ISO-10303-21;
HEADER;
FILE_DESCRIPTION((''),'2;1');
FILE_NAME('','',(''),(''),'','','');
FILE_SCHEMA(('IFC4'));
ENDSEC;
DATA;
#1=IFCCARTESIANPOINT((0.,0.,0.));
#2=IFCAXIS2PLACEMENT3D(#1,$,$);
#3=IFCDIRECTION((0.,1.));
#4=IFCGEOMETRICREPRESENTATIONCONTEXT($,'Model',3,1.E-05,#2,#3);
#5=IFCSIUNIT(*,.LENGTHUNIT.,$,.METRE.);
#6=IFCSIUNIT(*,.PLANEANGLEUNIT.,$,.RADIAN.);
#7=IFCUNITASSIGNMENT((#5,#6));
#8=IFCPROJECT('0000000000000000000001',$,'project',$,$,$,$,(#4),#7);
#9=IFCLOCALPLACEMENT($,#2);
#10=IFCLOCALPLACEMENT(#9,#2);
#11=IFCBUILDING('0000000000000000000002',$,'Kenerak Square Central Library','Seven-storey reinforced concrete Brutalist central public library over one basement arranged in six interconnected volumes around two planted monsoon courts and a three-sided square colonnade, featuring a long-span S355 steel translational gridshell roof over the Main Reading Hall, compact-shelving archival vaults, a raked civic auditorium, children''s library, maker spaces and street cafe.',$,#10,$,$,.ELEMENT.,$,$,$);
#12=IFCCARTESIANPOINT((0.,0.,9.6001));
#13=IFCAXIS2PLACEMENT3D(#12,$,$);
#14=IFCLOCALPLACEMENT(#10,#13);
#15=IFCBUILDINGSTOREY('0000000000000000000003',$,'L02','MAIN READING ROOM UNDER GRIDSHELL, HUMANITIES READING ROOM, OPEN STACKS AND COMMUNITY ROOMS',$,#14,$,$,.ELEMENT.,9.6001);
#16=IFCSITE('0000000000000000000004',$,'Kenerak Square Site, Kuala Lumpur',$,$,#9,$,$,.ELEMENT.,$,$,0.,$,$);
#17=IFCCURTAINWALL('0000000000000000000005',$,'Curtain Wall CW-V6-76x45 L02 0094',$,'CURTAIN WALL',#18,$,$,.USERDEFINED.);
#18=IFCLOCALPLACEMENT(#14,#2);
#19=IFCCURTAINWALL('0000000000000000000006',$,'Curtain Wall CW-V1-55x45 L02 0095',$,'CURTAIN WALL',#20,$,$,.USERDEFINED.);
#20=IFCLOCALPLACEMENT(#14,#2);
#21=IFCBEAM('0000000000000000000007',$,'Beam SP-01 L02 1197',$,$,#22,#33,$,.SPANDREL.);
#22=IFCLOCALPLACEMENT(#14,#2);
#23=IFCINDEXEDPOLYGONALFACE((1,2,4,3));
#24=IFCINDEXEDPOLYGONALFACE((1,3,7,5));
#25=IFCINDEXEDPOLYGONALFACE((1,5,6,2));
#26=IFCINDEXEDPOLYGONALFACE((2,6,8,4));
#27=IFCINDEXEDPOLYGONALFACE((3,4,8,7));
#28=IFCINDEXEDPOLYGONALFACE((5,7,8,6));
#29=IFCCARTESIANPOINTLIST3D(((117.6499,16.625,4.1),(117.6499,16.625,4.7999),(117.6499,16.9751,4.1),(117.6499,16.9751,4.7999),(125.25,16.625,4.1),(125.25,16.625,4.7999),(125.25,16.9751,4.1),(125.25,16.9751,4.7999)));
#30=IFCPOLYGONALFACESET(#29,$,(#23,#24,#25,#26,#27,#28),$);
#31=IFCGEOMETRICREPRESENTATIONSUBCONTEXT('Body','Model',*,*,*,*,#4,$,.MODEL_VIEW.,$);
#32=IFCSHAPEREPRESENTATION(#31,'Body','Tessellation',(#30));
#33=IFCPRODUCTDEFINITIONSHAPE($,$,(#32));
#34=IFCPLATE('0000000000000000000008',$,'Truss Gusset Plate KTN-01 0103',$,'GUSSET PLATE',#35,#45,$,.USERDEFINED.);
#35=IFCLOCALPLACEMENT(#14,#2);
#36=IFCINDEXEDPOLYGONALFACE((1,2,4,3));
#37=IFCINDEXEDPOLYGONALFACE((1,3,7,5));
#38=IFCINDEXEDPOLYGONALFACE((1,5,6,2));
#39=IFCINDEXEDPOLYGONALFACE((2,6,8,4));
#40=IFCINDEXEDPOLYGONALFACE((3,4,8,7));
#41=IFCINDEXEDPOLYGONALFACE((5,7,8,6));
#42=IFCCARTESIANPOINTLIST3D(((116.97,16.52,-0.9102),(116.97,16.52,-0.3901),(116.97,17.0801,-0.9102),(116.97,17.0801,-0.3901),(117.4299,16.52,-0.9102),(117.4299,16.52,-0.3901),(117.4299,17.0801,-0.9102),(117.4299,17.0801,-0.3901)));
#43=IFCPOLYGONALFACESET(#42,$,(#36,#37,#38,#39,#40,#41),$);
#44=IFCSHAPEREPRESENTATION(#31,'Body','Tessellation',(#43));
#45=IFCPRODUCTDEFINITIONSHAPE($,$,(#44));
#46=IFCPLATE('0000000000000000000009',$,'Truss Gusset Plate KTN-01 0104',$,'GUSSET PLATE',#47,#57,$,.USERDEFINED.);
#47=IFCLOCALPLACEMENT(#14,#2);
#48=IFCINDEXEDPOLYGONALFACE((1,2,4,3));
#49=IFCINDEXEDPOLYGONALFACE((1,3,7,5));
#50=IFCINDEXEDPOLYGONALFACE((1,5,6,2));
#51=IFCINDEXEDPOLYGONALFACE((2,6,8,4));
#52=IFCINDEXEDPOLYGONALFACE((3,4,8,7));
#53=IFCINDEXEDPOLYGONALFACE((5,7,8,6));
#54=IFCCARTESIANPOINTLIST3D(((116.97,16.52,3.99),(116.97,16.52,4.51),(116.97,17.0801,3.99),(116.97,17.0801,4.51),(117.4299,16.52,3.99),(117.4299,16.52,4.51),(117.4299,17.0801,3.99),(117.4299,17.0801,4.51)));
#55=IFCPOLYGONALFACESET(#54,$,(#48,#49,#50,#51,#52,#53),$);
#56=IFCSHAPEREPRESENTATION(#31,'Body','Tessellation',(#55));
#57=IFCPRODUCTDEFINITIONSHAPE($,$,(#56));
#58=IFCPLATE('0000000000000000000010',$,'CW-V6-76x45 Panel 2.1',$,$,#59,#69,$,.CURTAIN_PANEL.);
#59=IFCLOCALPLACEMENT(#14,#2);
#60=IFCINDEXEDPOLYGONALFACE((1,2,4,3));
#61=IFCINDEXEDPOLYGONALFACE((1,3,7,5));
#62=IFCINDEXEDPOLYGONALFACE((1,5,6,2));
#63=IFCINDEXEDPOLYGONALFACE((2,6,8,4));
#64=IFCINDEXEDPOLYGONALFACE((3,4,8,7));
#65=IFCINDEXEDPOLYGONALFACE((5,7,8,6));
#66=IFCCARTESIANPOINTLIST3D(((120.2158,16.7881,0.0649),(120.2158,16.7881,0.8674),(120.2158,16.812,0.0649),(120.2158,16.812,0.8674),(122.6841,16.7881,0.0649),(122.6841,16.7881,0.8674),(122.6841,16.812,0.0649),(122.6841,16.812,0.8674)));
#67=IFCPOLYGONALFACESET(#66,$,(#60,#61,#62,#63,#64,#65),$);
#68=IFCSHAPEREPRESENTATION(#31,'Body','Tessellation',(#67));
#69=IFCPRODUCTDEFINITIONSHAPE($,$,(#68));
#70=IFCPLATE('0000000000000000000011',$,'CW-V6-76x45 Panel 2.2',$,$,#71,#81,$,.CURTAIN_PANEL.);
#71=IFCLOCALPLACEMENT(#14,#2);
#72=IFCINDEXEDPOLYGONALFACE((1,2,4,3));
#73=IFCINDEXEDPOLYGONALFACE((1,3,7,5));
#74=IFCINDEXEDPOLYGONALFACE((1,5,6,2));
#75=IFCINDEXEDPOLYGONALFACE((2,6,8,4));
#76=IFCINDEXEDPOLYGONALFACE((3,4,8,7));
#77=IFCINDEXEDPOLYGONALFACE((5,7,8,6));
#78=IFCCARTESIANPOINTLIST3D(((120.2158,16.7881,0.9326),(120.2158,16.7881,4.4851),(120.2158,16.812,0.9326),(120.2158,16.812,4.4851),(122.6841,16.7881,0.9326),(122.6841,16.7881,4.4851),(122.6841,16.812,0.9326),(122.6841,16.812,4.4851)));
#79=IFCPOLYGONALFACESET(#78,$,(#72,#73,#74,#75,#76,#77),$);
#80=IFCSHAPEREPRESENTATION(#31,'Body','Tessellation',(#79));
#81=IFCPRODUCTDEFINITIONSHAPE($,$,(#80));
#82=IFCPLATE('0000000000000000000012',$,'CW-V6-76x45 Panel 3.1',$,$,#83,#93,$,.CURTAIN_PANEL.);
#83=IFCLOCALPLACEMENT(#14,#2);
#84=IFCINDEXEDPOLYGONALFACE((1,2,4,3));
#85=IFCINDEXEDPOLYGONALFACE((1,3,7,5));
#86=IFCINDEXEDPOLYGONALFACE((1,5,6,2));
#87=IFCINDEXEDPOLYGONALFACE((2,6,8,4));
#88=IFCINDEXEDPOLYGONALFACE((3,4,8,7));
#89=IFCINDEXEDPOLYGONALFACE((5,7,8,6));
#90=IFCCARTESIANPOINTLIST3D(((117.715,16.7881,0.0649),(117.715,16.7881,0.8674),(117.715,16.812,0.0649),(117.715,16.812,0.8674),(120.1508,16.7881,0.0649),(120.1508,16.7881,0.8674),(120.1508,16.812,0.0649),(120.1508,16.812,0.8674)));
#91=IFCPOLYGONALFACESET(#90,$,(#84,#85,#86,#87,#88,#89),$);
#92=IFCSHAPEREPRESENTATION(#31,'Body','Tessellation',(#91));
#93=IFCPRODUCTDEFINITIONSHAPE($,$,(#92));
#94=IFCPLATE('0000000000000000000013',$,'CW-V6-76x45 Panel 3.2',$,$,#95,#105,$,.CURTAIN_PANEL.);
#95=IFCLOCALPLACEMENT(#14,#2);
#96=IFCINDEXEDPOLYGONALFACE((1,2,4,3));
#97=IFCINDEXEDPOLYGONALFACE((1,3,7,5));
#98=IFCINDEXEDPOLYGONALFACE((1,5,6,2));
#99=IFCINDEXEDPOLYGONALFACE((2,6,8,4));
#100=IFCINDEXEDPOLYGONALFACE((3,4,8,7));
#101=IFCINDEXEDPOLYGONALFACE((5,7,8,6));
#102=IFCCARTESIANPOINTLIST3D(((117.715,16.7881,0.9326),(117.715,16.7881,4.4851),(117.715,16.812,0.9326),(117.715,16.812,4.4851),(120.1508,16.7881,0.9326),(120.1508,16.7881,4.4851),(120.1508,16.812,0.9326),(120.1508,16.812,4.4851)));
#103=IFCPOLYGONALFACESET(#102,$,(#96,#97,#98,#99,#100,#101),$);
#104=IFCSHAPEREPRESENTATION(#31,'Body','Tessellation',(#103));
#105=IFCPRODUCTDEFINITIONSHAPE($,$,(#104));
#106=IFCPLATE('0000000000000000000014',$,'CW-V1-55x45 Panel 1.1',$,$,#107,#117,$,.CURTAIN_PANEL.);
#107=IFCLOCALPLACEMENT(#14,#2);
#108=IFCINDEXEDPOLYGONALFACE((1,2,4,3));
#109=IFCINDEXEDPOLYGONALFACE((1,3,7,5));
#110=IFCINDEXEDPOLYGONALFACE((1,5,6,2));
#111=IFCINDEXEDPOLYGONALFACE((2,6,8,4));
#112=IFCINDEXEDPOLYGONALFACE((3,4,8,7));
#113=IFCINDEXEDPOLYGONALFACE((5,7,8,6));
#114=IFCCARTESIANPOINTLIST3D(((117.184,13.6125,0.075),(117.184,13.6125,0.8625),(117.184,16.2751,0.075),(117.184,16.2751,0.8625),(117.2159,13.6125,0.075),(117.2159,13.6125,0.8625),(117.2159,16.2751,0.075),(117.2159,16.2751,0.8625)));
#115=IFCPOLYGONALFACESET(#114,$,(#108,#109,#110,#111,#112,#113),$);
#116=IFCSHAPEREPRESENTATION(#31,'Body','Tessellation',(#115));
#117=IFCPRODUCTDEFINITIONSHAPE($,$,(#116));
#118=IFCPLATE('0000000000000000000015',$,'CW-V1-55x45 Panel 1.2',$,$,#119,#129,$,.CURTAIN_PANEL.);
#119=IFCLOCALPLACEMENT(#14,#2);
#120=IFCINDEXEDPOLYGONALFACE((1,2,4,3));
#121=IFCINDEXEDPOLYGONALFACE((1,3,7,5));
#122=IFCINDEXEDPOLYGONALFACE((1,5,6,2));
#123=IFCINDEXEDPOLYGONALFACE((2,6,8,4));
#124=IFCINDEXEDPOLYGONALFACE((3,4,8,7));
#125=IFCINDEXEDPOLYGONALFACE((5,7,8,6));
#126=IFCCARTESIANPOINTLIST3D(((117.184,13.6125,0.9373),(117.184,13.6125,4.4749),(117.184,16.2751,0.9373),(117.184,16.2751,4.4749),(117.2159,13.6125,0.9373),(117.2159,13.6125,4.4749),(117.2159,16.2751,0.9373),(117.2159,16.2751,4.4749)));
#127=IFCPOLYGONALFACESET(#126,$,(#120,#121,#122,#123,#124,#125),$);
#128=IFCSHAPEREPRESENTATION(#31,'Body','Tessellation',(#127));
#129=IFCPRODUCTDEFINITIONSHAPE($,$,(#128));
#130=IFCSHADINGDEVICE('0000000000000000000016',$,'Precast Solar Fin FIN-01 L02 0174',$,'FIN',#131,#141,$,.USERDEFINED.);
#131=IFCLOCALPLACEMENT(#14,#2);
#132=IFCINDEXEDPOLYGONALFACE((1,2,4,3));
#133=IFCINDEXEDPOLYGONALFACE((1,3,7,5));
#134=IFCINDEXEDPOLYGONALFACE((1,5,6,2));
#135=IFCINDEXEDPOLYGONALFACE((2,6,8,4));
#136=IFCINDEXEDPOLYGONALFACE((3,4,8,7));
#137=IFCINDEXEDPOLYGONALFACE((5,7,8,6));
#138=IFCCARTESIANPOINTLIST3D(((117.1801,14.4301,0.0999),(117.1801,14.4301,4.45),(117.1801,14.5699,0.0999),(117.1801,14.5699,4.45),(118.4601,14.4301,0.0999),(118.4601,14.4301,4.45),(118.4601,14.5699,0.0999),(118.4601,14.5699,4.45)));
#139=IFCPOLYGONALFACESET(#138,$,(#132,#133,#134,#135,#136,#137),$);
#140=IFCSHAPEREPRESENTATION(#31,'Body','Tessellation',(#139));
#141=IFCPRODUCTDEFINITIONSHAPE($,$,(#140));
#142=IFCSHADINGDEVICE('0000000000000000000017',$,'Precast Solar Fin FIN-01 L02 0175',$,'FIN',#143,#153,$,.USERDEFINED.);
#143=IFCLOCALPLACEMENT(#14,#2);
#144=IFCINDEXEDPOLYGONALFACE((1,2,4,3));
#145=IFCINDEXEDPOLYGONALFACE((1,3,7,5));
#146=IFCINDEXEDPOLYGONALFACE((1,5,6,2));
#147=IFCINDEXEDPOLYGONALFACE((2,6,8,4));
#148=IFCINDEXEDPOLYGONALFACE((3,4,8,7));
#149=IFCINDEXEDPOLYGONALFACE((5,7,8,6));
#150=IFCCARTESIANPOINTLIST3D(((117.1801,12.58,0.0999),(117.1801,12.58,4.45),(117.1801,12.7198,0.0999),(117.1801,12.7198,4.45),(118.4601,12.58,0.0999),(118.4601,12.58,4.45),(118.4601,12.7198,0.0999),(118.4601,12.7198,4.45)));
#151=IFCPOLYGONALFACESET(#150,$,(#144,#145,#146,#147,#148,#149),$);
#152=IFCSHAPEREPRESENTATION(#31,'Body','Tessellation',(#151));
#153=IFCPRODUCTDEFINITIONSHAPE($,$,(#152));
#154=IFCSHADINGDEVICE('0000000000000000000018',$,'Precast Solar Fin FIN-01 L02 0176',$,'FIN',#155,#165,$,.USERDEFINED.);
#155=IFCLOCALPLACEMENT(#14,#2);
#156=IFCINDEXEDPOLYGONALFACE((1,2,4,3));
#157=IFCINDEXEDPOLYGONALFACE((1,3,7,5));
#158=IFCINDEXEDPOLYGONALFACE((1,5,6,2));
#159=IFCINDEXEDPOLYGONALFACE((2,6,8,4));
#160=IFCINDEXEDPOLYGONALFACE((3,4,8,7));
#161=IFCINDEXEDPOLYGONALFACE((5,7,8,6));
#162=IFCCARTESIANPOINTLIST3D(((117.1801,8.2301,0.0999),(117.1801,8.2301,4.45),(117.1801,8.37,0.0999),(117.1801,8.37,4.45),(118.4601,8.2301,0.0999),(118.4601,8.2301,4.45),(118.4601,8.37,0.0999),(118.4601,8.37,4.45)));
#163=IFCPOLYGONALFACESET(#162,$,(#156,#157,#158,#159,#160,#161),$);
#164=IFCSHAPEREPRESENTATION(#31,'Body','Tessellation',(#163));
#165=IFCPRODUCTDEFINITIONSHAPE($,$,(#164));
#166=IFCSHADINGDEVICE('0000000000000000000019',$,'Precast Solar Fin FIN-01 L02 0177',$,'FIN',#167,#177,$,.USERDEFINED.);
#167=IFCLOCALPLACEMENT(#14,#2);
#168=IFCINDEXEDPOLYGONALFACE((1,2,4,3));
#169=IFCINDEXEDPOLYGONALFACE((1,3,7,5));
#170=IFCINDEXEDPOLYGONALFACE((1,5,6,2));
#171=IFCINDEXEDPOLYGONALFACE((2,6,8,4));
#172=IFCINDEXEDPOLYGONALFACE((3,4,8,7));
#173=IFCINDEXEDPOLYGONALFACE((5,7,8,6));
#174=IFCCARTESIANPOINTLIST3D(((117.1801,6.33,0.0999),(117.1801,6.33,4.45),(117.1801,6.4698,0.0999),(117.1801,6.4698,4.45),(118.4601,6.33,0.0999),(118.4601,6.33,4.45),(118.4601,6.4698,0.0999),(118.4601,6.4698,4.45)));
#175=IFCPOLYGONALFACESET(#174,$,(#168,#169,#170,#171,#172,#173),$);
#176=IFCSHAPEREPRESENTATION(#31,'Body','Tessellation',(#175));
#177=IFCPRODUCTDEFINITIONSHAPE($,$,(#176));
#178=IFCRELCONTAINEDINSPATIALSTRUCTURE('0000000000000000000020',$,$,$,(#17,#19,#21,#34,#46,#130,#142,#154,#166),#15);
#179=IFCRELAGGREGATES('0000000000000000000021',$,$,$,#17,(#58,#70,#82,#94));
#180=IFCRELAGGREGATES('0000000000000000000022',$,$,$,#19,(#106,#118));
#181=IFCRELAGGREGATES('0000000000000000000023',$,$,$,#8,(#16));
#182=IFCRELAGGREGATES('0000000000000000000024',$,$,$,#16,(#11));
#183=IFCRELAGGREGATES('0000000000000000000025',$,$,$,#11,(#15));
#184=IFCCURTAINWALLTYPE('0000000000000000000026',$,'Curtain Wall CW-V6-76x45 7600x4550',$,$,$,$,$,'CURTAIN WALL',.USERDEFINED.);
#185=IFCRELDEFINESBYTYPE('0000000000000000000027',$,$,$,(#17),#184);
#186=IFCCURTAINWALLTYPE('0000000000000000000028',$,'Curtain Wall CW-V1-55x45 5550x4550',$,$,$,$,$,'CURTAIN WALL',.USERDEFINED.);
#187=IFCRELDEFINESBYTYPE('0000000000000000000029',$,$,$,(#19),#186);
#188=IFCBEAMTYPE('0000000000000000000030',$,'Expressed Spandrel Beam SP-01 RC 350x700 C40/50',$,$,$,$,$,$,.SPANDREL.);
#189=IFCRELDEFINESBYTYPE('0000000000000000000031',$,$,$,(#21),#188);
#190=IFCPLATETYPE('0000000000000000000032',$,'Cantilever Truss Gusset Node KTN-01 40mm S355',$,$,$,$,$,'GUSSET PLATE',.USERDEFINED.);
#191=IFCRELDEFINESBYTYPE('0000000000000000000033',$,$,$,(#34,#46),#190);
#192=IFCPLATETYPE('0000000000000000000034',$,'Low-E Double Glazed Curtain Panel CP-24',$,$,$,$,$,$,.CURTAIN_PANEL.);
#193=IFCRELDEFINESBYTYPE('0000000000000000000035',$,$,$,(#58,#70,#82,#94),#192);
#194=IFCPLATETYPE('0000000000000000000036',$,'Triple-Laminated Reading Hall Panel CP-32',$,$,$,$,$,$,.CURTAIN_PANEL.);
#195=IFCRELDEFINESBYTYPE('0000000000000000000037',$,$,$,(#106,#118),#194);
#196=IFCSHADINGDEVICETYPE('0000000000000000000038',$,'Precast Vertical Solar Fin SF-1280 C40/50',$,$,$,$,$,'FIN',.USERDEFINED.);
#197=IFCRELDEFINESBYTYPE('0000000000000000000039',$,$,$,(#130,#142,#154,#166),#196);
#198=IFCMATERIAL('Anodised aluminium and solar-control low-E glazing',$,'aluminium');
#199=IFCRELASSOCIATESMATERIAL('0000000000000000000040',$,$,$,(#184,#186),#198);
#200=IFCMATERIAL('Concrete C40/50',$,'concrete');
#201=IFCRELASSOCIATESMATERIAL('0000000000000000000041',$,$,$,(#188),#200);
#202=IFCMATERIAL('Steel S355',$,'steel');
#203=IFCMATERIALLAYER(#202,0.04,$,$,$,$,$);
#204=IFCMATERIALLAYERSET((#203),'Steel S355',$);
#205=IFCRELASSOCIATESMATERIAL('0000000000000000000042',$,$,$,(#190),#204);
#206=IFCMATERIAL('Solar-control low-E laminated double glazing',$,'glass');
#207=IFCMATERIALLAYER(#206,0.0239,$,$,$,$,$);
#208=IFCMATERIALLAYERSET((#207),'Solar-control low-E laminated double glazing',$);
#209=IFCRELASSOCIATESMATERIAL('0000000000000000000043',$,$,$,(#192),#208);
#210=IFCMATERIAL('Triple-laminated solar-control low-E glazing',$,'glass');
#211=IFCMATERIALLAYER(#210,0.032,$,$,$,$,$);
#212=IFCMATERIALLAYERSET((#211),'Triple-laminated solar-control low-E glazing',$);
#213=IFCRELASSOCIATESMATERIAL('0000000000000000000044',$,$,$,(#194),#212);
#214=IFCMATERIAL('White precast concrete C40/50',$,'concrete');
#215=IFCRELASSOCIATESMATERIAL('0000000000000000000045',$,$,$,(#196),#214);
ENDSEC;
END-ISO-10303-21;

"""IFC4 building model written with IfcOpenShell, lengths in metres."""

from ifc_helpers import new_model, si_unit, direction, frame, origin, origin_2d, place, context, subcontext, project, spatial, rectangle, extrude, material, layer, layer_set, material_profile, profile_set, type_object, element, aggregate, save


model = new_model("IFC4")

# Units and contexts
model_context = context("Model", 3, precision=1e-05, world=origin(), true_north=direction((0.0, 1.0)))
body_context = subcontext(model_context, "Body", "Model", "MODEL_VIEW")
ifc_project = project(units=[si_unit("LENGTHUNIT", "METRE"), si_unit("PLANEANGLEUNIT", "RADIAN")], contexts=[model_context])

# Site, building, storey
site_placement = place(None, origin())
site = spatial("IfcSite", under=ifc_project, at=site_placement, Name="Kenerak Square Site, Kuala Lumpur", CompositionType="ELEMENT", RefElevation=0.0)
building_placement = place(site_placement, origin())
building = spatial("IfcBuilding", under=site, at=building_placement, Name="Kenerak Square Central Library", Description="Seven-storey reinforced concrete Brutalist central public library over one basement arranged in six interconnected volumes around two planted monsoon courts and a three-sided square colonnade, featuring a long-span S355 steel translational gridshell roof over the Main Reading Hall, compact-shelving archival vaults, a raked civic auditorium, children's library, maker spaces and street cafe.", CompositionType="ELEMENT")
storey_placement = place(building_placement, frame((0.0, 0.0, 9.6001)))
storey = spatial("IfcBuildingStorey", under=building, at=storey_placement, Name="L02", Description="MAIN READING ROOM UNDER GRIDSHELL, HUMANITIES READING ROOM, OPEN STACKS AND COMMUNITY ROOMS", CompositionType="ELEMENT", Elevation=9.6001)

# Curtain wall
ifc_material_1 = material(Name="Anodised aluminium and solar-control low-E glazing", Category="aluminium")
curtain_wall_type_1 = type_object("IfcCurtainWallType", Name="Curtain Wall CW-V6-76x45 7600x4550", ElementType="CURTAIN WALL", PredefinedType="USERDEFINED", material=ifc_material_1)
curtain_wall_1_placement = place(storey_placement, origin())
curtain_wall_1 = element("IfcCurtainWall", 1, at=curtain_wall_1_placement, inside=storey, type_object=curtain_wall_type_1, Name="Curtain Wall CW-V6-76x45 L02 0094", ObjectType="CURTAIN WALL", PredefinedType="USERDEFINED")

# Curtain wall
curtain_wall_type_2 = type_object("IfcCurtainWallType", Name="Curtain Wall CW-V1-55x45 5550x4550", ElementType="CURTAIN WALL", PredefinedType="USERDEFINED", material=ifc_material_1)
curtain_wall_2_placement = place(storey_placement, origin())
curtain_wall_2 = element("IfcCurtainWall", 2, at=curtain_wall_2_placement, inside=storey, type_object=curtain_wall_type_2, Name="Curtain Wall CW-V1-55x45 L02 0095", ObjectType="CURTAIN WALL", PredefinedType="USERDEFINED")

# Beam
ifc_material_2 = material(Name="Concrete C40/50", Category="concrete")
ifc_material_profile_1 = material_profile(ifc_material_2, rectangle(XDim=0.3501, YDim=0.7, at=origin_2d()), Name="RC 350x700")
ifc_profile_set_1 = profile_set([ifc_material_profile_1], Name="Concrete C40/50")
beam_type = type_object("IfcBeamType", Name="Expressed Spandrel Beam SP-01 RC 350x700 C40/50", PredefinedType="SPANDREL", material=ifc_profile_set_1)
beam_placement = place(storey_placement, frame((117.6499, 16.8, 4.45), z_axis=(1.0, 0.0, 0.0), x_axis=(0.0, 1.0, 0.0)))
element("IfcBeam", 3, at=beam_placement, inside=storey, type_object=beam_type, Name="Beam SP-01 L02 1197", PredefinedType="SPANDREL", context=body_context, shape_type="SweptSolid", body=[
    extrude(rectangle(XDim=0.3501, YDim=0.7, at=origin_2d()), origin(), (0.0, 0.0, 1.0), 7.6001),
])

# Plates
ifc_material_3 = material(Name="Steel S355", Category="steel")
ifc_layer_1 = layer(ifc_material_3, 0.04)
ifc_layer_set_1 = layer_set([ifc_layer_1], Name="Steel S355")
plate_type_1 = type_object("IfcPlateType", Name="Cantilever Truss Gusset Node KTN-01 40mm S355", ElementType="GUSSET PLATE", PredefinedType="USERDEFINED", material=ifc_layer_set_1)
for number, where, z_axis, x_axis, name in (
    (4, (117.2, 16.8, -0.9102), (0.0, 0.0, 1.0), (1.0, 0.0, 0.0), "Truss Gusset Plate KTN-01 0103"),
    (5, (117.2, 16.8, 3.99), (0.0, 0.0, 1.0), (1.0, 0.0, 0.0), "Truss Gusset Plate KTN-01 0104"),
):
    element("IfcPlate", number, at=place(storey_placement, frame(where, z_axis=z_axis, x_axis=x_axis)), inside=storey, type_object=plate_type_1, Name=name, ObjectType="GUSSET PLATE", PredefinedType="USERDEFINED", context=body_context, shape_type="SweptSolid", body=[
        extrude(rectangle(XDim=0.46, YDim=0.5601, at=origin_2d()), origin(), (0.0, 0.0, 1.0), 0.52),
    ])

# Plates
ifc_material_4 = material(Name="Solar-control low-E laminated double glazing", Category="glass")
ifc_layer_2 = layer(ifc_material_4, 0.0239)
ifc_layer_set_2 = layer_set([ifc_layer_2], Name="Solar-control low-E laminated double glazing")
plate_type_2 = type_object("IfcPlateType", Name="Low-E Double Glazed Curtain Panel CP-24", PredefinedType="CURTAIN_PANEL", material=ifc_layer_set_2)
plate_1_placement = place(storey_placement, frame((121.45, 16.8, 0.0649), z_axis=(0.0, 0.0, 1.0), x_axis=(-1.0, 0.0, 0.0)))
plate_1 = element("IfcPlate", 6, at=plate_1_placement, type_object=plate_type_2, Name="CW-V6-76x45 Panel 2.1", PredefinedType="CURTAIN_PANEL", context=body_context, shape_type="SweptSolid", body=[
    extrude(rectangle(XDim=2.4683, YDim=0.0239, at=origin_2d()), origin(), (0.0, 0.0, 1.0), 0.8025),
])
plate_2_placement = place(storey_placement, frame((121.45, 16.8, 0.9326), z_axis=(0.0, 0.0, 1.0), x_axis=(-1.0, 0.0, 0.0)))
plate_2 = element("IfcPlate", 7, at=plate_2_placement, type_object=plate_type_2, Name="CW-V6-76x45 Panel 2.2", PredefinedType="CURTAIN_PANEL", context=body_context, shape_type="SweptSolid", body=[
    extrude(rectangle(XDim=2.4683, YDim=0.0239, at=origin_2d()), origin(), (0.0, 0.0, 1.0), 3.5525),
])
plate_3_placement = place(storey_placement, frame((118.9329, 16.8, 0.0649), z_axis=(0.0, 0.0, 1.0), x_axis=(-1.0, 0.0, 0.0)))
plate_3 = element("IfcPlate", 8, at=plate_3_placement, type_object=plate_type_2, Name="CW-V6-76x45 Panel 3.1", PredefinedType="CURTAIN_PANEL", context=body_context, shape_type="SweptSolid", body=[
    extrude(rectangle(XDim=2.4358, YDim=0.0239, at=origin_2d()), origin(), (0.0, 0.0, 1.0), 0.8025),
])
plate_4_placement = place(storey_placement, frame((118.9329, 16.8, 0.9326), z_axis=(0.0, 0.0, 1.0), x_axis=(-1.0, 0.0, 0.0)))
plate_4 = element("IfcPlate", 9, at=plate_4_placement, type_object=plate_type_2, Name="CW-V6-76x45 Panel 3.2", PredefinedType="CURTAIN_PANEL", context=body_context, shape_type="SweptSolid", body=[
    extrude(rectangle(XDim=2.4358, YDim=0.0239, at=origin_2d()), origin(), (0.0, 0.0, 1.0), 3.5525),
])
aggregate(curtain_wall_1, [plate_1, plate_2, plate_3, plate_4])
ifc_material_5 = material(Name="Triple-laminated solar-control low-E glazing", Category="glass")
ifc_layer_3 = layer(ifc_material_5, 0.032)
ifc_layer_set_3 = layer_set([ifc_layer_3], Name="Triple-laminated solar-control low-E glazing")
plate_type_3 = type_object("IfcPlateType", Name="Triple-Laminated Reading Hall Panel CP-32", PredefinedType="CURTAIN_PANEL", material=ifc_layer_set_3)
plate_5_placement = place(storey_placement, frame((117.2, 14.9438, 0.075), z_axis=(0.0, 0.0, 1.0), x_axis=(0.0, -1.0, 0.0)))
plate_5 = element("IfcPlate", 10, at=plate_5_placement, type_object=plate_type_3, Name="CW-V1-55x45 Panel 1.1", PredefinedType="CURTAIN_PANEL", context=body_context, shape_type="SweptSolid", body=[
    extrude(rectangle(XDim=2.6626, YDim=0.032, at=origin_2d()), origin(), (0.0, 0.0, 1.0), 0.7876),
])
plate_6_placement = place(storey_placement, frame((117.2, 14.9438, 0.9373), z_axis=(0.0, 0.0, 1.0), x_axis=(0.0, -1.0, 0.0)))
plate_6 = element("IfcPlate", 11, at=plate_6_placement, type_object=plate_type_3, Name="CW-V1-55x45 Panel 1.2", PredefinedType="CURTAIN_PANEL", context=body_context, shape_type="SweptSolid", body=[
    extrude(rectangle(XDim=2.6626, YDim=0.032, at=origin_2d()), origin(), (0.0, 0.0, 1.0), 3.5376),
])
aggregate(curtain_wall_2, [plate_5, plate_6])

# Shading devices
ifc_material_6 = material(Name="White precast concrete C40/50", Category="concrete")
shading_device_type = type_object("IfcShadingDeviceType", Name="Precast Vertical Solar Fin SF-1280 C40/50", ElementType="FIN", PredefinedType="USERDEFINED", material=ifc_material_6)
for number, where, z_axis, x_axis, name in (
    (12, (117.8201, 14.5, 0.0999), (0.0, 0.0, 1.0), (0.0, -1.0, 0.0), "Precast Solar Fin FIN-01 L02 0174"),
    (13, (117.8201, 12.6499, 0.0999), (0.0, 0.0, 1.0), (0.0, -1.0, 0.0), "Precast Solar Fin FIN-01 L02 0175"),
    (14, (117.8201, 8.3, 0.0999), (0.0, 0.0, 1.0), (0.0, -1.0, 0.0), "Precast Solar Fin FIN-01 L02 0176"),
    (15, (117.8201, 6.3999, 0.0999), (0.0, 0.0, 1.0), (0.0, -1.0, 0.0), "Precast Solar Fin FIN-01 L02 0177"),
):
    element("IfcShadingDevice", number, at=place(storey_placement, frame(where, z_axis=z_axis, x_axis=x_axis)), inside=storey, type_object=shading_device_type, Name=name, ObjectType="FIN", PredefinedType="USERDEFINED", context=body_context, shape_type="SweptSolid", body=[
        extrude(rectangle(XDim=0.1399, YDim=1.28, at=origin_2d()), origin(), (0.0, 0.0, 1.0), 4.3501),
    ])

save(model, "model.ifc")
